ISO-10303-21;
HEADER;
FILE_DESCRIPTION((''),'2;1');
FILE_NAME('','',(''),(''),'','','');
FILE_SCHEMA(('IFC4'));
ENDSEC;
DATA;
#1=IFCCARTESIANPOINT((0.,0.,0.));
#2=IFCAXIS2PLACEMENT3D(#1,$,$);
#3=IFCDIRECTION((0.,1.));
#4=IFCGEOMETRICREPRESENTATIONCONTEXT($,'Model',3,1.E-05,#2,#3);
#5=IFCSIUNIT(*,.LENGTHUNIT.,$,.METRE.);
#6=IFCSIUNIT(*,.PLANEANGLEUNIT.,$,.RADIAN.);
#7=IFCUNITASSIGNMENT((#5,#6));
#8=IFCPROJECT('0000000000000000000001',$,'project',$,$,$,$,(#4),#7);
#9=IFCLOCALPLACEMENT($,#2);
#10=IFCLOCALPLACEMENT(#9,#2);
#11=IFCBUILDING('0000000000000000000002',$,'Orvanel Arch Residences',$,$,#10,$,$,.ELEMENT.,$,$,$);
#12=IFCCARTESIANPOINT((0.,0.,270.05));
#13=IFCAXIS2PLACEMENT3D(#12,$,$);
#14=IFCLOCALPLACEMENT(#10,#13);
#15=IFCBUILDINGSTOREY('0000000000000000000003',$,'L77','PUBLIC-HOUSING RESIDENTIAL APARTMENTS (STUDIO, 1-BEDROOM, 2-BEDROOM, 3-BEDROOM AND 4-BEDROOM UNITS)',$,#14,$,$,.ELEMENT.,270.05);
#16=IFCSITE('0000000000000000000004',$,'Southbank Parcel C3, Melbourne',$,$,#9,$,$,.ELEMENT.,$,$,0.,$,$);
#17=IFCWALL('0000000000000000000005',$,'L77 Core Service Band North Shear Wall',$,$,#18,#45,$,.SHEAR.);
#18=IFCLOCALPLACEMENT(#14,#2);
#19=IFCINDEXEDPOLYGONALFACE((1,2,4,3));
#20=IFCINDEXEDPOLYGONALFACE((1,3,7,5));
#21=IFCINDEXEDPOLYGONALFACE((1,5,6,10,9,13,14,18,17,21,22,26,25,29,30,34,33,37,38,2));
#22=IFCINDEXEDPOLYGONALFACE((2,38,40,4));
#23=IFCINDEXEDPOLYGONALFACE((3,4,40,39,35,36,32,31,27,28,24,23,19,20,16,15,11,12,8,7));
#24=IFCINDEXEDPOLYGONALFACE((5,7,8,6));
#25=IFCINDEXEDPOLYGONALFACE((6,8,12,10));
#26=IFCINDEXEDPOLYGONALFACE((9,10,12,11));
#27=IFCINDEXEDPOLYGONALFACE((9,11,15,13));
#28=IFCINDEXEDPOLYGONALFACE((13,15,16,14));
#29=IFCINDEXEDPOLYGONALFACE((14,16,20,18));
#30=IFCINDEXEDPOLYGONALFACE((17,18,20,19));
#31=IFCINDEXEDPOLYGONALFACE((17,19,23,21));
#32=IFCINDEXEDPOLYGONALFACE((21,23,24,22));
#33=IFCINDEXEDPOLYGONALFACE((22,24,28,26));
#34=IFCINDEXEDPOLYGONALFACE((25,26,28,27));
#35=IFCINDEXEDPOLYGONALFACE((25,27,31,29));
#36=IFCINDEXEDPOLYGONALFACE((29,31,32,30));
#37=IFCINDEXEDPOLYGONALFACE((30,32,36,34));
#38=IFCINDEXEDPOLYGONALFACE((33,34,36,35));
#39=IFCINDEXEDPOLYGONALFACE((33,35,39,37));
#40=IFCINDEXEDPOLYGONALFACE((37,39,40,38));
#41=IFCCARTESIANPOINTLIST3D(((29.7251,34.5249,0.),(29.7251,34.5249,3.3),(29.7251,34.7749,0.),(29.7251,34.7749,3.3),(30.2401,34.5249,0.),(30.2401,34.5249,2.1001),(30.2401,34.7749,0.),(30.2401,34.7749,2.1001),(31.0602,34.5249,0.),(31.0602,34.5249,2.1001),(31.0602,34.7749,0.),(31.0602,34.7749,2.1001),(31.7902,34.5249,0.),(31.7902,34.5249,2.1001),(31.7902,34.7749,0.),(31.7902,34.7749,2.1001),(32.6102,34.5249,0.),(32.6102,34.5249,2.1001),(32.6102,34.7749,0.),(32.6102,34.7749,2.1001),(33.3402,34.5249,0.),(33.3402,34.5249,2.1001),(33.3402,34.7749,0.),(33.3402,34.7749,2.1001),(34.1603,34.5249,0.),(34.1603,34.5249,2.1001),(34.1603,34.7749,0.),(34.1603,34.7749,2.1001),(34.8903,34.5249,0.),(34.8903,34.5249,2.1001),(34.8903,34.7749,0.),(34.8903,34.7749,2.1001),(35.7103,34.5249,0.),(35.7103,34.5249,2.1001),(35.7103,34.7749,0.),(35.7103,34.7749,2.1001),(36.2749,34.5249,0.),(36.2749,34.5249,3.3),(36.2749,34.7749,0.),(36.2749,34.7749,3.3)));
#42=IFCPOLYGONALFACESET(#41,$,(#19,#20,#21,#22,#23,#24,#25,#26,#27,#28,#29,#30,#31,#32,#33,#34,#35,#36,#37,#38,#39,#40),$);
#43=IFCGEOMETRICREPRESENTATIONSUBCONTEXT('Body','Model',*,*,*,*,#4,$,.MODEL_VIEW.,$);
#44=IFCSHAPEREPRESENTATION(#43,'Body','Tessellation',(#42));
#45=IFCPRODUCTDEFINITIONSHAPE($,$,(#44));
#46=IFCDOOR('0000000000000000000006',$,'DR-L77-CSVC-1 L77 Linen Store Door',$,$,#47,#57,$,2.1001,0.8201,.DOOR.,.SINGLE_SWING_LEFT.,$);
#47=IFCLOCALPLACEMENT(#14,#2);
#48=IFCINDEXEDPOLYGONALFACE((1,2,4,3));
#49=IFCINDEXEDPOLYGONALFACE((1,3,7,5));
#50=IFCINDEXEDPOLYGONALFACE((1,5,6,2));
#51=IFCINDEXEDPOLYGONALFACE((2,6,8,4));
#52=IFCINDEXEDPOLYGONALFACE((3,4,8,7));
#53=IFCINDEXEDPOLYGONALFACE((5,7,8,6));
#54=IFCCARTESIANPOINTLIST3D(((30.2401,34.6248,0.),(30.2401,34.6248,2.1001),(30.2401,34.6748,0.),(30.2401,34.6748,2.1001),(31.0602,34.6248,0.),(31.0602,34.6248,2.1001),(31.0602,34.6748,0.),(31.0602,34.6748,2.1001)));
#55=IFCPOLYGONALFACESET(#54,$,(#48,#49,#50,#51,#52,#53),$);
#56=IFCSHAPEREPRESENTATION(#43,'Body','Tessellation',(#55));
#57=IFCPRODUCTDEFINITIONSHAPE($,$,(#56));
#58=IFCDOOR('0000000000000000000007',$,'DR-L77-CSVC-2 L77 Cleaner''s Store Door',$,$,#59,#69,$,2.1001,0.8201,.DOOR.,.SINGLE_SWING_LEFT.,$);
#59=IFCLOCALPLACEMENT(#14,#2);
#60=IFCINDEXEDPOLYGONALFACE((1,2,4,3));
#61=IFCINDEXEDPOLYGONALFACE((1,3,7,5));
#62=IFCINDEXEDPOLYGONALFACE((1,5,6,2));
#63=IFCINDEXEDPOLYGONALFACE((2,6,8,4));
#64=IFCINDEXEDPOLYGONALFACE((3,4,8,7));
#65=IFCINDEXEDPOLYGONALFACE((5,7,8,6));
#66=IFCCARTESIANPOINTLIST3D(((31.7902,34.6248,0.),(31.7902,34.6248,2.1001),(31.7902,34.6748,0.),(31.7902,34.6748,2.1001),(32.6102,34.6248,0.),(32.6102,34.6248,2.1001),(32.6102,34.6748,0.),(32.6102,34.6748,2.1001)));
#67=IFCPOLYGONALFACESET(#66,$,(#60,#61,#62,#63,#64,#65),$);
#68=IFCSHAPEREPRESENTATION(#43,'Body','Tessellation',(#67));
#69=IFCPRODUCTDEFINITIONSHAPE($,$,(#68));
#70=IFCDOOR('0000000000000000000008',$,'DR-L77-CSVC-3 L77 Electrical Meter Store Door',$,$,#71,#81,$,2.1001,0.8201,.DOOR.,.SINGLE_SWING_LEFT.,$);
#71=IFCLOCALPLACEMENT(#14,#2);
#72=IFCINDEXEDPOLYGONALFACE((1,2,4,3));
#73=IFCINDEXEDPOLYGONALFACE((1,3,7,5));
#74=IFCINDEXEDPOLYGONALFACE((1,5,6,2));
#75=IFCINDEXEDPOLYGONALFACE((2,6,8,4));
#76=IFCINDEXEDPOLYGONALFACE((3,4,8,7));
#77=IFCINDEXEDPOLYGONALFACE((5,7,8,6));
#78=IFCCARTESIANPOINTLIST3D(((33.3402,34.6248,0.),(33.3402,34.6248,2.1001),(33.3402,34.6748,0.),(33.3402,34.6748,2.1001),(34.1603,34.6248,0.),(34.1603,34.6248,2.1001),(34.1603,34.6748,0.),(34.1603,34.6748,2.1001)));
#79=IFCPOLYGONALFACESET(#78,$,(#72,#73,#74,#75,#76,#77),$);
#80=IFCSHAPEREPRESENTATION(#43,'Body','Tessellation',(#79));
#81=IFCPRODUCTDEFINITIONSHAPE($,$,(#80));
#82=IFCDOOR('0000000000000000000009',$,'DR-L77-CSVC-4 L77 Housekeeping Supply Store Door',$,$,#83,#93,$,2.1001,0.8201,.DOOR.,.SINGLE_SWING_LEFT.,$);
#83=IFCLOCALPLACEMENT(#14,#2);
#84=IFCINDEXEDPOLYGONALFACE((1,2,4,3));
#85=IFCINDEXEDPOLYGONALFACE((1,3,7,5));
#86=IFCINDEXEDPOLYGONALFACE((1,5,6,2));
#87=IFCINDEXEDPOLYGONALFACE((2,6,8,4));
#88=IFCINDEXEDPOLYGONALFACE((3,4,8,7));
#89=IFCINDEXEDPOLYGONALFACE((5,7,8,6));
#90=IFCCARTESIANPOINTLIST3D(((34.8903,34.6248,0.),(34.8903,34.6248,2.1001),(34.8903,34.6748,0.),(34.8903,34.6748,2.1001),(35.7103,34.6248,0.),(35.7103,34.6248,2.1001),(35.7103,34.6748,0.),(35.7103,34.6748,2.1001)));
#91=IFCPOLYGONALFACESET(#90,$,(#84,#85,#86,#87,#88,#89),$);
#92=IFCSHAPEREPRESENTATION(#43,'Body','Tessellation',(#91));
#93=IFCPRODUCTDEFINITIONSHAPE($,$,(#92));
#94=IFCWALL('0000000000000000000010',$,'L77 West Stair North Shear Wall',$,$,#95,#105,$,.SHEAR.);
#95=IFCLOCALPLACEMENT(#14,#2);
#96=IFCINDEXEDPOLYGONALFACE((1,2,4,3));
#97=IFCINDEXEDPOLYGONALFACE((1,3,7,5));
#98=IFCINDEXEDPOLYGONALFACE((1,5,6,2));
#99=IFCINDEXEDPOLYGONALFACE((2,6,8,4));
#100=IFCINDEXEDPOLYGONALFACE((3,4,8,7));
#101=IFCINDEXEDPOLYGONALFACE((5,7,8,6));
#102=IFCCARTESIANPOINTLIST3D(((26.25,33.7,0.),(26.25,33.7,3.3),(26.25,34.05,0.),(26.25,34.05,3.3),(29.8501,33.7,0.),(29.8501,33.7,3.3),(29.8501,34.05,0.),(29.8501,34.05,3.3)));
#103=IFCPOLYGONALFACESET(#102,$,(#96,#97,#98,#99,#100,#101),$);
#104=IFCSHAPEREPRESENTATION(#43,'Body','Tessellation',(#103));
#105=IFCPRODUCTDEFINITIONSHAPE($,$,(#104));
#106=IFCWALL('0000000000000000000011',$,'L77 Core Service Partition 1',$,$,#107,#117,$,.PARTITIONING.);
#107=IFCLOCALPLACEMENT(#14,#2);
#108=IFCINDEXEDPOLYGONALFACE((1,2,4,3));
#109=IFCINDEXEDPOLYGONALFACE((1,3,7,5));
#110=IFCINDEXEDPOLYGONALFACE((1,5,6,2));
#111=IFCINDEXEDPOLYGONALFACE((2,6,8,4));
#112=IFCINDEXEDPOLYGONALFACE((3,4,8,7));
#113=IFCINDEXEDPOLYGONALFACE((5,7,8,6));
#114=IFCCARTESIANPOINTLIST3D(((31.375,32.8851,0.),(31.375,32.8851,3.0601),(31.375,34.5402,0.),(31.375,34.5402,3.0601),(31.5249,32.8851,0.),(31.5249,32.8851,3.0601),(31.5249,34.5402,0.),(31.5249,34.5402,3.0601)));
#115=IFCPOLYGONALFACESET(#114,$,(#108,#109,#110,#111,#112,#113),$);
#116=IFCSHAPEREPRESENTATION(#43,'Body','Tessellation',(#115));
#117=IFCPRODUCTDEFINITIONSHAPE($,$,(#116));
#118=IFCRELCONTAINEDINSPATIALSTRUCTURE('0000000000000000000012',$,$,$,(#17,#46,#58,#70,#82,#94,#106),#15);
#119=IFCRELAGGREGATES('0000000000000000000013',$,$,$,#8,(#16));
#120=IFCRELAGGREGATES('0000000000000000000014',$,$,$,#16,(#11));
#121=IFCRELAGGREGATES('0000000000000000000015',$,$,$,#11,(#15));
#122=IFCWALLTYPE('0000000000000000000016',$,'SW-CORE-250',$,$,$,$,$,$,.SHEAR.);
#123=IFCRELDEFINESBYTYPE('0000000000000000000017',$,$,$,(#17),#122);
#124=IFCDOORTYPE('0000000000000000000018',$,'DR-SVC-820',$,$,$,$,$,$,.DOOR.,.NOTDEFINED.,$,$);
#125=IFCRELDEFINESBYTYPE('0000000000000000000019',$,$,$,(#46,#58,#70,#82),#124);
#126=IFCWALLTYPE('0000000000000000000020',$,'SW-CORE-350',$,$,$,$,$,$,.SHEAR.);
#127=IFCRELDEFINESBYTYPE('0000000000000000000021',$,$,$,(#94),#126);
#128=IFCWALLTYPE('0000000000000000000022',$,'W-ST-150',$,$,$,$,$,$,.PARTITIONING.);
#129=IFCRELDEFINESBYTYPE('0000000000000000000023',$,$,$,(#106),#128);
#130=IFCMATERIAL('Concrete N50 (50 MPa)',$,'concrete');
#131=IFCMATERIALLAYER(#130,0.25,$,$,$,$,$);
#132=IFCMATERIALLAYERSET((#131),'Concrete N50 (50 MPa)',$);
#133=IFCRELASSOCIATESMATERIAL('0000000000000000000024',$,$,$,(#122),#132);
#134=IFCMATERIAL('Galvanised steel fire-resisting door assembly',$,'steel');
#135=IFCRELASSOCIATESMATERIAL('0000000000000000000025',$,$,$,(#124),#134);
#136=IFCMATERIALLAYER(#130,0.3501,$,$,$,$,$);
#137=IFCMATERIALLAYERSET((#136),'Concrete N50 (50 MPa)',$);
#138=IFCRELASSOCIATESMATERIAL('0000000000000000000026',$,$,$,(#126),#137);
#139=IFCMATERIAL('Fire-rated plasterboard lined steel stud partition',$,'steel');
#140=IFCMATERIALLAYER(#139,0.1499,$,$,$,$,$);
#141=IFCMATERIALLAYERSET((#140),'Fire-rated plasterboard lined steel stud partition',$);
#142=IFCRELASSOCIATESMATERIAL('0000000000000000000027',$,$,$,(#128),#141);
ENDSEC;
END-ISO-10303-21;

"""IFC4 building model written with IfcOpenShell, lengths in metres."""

from ifc_helpers import new_model, si_unit, direction, frame, frame_2d, origin, place, context, subcontext, project, spatial, rectangle, extrude, material, layer, layer_set, type_object, element, fill, save


model = new_model("IFC4")

# Units and contexts
model_context = context("Model", 3, precision=1e-05, world=origin(), true_north=direction((0.0, 1.0)))
body_context = subcontext(model_context, "Body", "Model", "MODEL_VIEW")
ifc_project = project(units=[si_unit("LENGTHUNIT", "METRE"), si_unit("PLANEANGLEUNIT", "RADIAN")], contexts=[model_context])

# Site, building, storey
site_placement = place(None, origin())
site = spatial("IfcSite", under=ifc_project, at=site_placement, Name="Southbank Parcel C3, Melbourne", CompositionType="ELEMENT", RefElevation=0.0)
building_placement = place(site_placement, origin())
building = spatial("IfcBuilding", under=site, at=building_placement, Name="Orvanel Arch Residences", CompositionType="ELEMENT")
storey_placement = place(building_placement, frame((0.0, 0.0, 270.05)))
storey = spatial("IfcBuildingStorey", under=building, at=storey_placement, Name="L77", Description="PUBLIC-HOUSING RESIDENTIAL APARTMENTS (STUDIO, 1-BEDROOM, 2-BEDROOM, 3-BEDROOM AND 4-BEDROOM UNITS)", CompositionType="ELEMENT", Elevation=270.05)

# Shared definitions
ifc_material_1 = material(Name="Concrete N50 (50 MPa)", Category="concrete")
ifc_layer_1 = layer(ifc_material_1, 0.25)
ifc_layer_set_1 = layer_set([ifc_layer_1], Name="Concrete N50 (50 MPa)")
wall_type_1 = type_object("IfcWallType", Name="SW-CORE-250", PredefinedType="SHEAR", material=ifc_layer_set_1)

# Wall, openings, doors
wall_1_placement = place(storey_placement, frame((29.7251, 34.6499, 0.0), z_axis=(0.0, 0.0, 1.0), x_axis=(1.0, 0.0, 0.0)))
wall_1 = element("IfcWall", 1, at=wall_1_placement, inside=storey, type_object=wall_type_1, Name="L77 Core Service Band North Shear Wall", PredefinedType="SHEAR", context=body_context, shape_type="SweptSolid", body=[
    extrude(rectangle(XDim=6.5498, YDim=0.25, at=frame_2d((3.2749, 0.0))), origin(), (0.0, 0.0, 1.0), 3.3),
])
opening_1_placement = place(wall_1_placement, frame((0.5149, 0.0, 0.0)))
opening_1 = element("IfcOpeningElement", 2, at=opening_1_placement, cuts=wall_1, PredefinedType="OPENING", context=body_context, shape_type="SweptSolid", body=[
    extrude(rectangle(XDim=0.8201, YDim=2.1001, at=frame_2d((0.4102, 1.05))), frame((0.0, 0.135, 0.0), z_axis=(0.0, -1.0, 0.0), x_axis=(1.0, 0.0, 0.0)), (0.0, 0.0, 1.0), 0.27),
])
opening_2_placement = place(wall_1_placement, frame((2.0649, 0.0, 0.0)))
opening_2 = element("IfcOpeningElement", 3, at=opening_2_placement, cuts=wall_1, PredefinedType="OPENING", context=body_context, shape_type="SweptSolid", body=[
    extrude(rectangle(XDim=0.8201, YDim=2.1001, at=frame_2d((0.4102, 1.05))), frame((0.0, 0.135, 0.0), z_axis=(0.0, -1.0, 0.0), x_axis=(1.0, 0.0, 0.0)), (0.0, 0.0, 1.0), 0.27),
])
opening_3_placement = place(wall_1_placement, frame((3.615, 0.0, 0.0)))
opening_3 = element("IfcOpeningElement", 4, at=opening_3_placement, cuts=wall_1, PredefinedType="OPENING", context=body_context, shape_type="SweptSolid", body=[
    extrude(rectangle(XDim=0.8201, YDim=2.1001, at=frame_2d((0.4102, 1.05))), frame((0.0, 0.135, 0.0), z_axis=(0.0, -1.0, 0.0), x_axis=(1.0, 0.0, 0.0)), (0.0, 0.0, 1.0), 0.27),
])
opening_4_placement = place(wall_1_placement, frame((5.165, 0.0, 0.0)))
opening_4 = element("IfcOpeningElement", 5, at=opening_4_placement, cuts=wall_1, PredefinedType="OPENING", context=body_context, shape_type="SweptSolid", body=[
    extrude(rectangle(XDim=0.8201, YDim=2.1001, at=frame_2d((0.4102, 1.05))), frame((0.0, 0.135, 0.0), z_axis=(0.0, -1.0, 0.0), x_axis=(1.0, 0.0, 0.0)), (0.0, 0.0, 1.0), 0.27),
])
ifc_material_2 = material(Name="Galvanised steel fire-resisting door assembly", Category="steel")
door_type_1 = type_object("IfcDoorType", Name="DR-SVC-820", OperationType="NOTDEFINED", PredefinedType="DOOR", material=ifc_material_2)
door_1_placement = place(opening_1_placement, origin())
door_1 = element("IfcDoor", 6, at=door_1_placement, inside=storey, type_object=door_type_1, Name="DR-L77-CSVC-1 L77 Linen Store Door", OperationType="SINGLE_SWING_LEFT", OverallHeight=2.1001, OverallWidth=0.8201, PredefinedType="DOOR", context=body_context, shape_type="SweptSolid", body=[
    extrude(rectangle(XDim=0.8201, YDim=2.1001, at=frame_2d((0.4102, 1.05))), frame((0.0, 0.0249, 0.0), z_axis=(0.0, -1.0, 0.0), x_axis=(1.0, 0.0, 0.0)), (0.0, 0.0, 1.0), 0.05),
])
fill(opening_1, door_1)
door_2_placement = place(opening_2_placement, origin())
door_2 = element("IfcDoor", 7, at=door_2_placement, inside=storey, type_object=door_type_1, Name="DR-L77-CSVC-2 L77 Cleaner's Store Door", OperationType="SINGLE_SWING_LEFT", OverallHeight=2.1001, OverallWidth=0.8201, PredefinedType="DOOR", context=body_context, shape_type="SweptSolid", body=[
    extrude(rectangle(XDim=0.8201, YDim=2.1001, at=frame_2d((0.4102, 1.05))), frame((0.0, 0.0249, 0.0), z_axis=(0.0, -1.0, 0.0), x_axis=(1.0, 0.0, 0.0)), (0.0, 0.0, 1.0), 0.05),
])
fill(opening_2, door_2)
door_3_placement = place(opening_3_placement, origin())
door_3 = element("IfcDoor", 8, at=door_3_placement, inside=storey, type_object=door_type_1, Name="DR-L77-CSVC-3 L77 Electrical Meter Store Door", OperationType="SINGLE_SWING_LEFT", OverallHeight=2.1001, OverallWidth=0.8201, PredefinedType="DOOR", context=body_context, shape_type="SweptSolid", body=[
    extrude(rectangle(XDim=0.8201, YDim=2.1001, at=frame_2d((0.4102, 1.05))), frame((0.0, 0.0249, 0.0), z_axis=(0.0, -1.0, 0.0), x_axis=(1.0, 0.0, 0.0)), (0.0, 0.0, 1.0), 0.05),
])
fill(opening_3, door_3)
door_4_placement = place(opening_4_placement, origin())
door_4 = element("IfcDoor", 9, at=door_4_placement, inside=storey, type_object=door_type_1, Name="DR-L77-CSVC-4 L77 Housekeeping Supply Store Door", OperationType="SINGLE_SWING_LEFT", OverallHeight=2.1001, OverallWidth=0.8201, PredefinedType="DOOR", context=body_context, shape_type="SweptSolid", body=[
    extrude(rectangle(XDim=0.8201, YDim=2.1001, at=frame_2d((0.4102, 1.05))), frame((0.0, 0.0249, 0.0), z_axis=(0.0, -1.0, 0.0), x_axis=(1.0, 0.0, 0.0)), (0.0, 0.0, 1.0), 0.05),
])
fill(opening_4, door_4)

# Walls
ifc_layer_2 = layer(ifc_material_1, 0.3501)
ifc_layer_set_2 = layer_set([ifc_layer_2], Name="Concrete N50 (50 MPa)")
wall_type_2 = type_object("IfcWallType", Name="SW-CORE-350", PredefinedType="SHEAR", material=ifc_layer_set_2)
wall_2_placement = place(storey_placement, frame((26.25, 33.875, 0.0), z_axis=(0.0, 0.0, 1.0), x_axis=(1.0, 0.0, 0.0)))
element("IfcWall", 10, at=wall_2_placement, inside=storey, type_object=wall_type_2, Name="L77 West Stair North Shear Wall", PredefinedType="SHEAR", context=body_context, shape_type="SweptSolid", body=[
    extrude(rectangle(XDim=3.6001, YDim=0.3501, at=frame_2d((1.8, 0.0))), origin(), (0.0, 0.0, 1.0), 3.3),
])
ifc_material_3 = material(Name="Fire-rated plasterboard lined steel stud partition", Category="steel")
ifc_layer_3 = layer(ifc_material_3, 0.1499)
ifc_layer_set_3 = layer_set([ifc_layer_3], Name="Fire-rated plasterboard lined steel stud partition")
wall_type_3 = type_object("IfcWallType", Name="W-ST-150", PredefinedType="PARTITIONING", material=ifc_layer_set_3)
wall_3_placement = place(storey_placement, frame((31.45, 32.885, 0.0), z_axis=(0.0, 0.0, 1.0), x_axis=(0.0, 1.0, 0.0)))
element("IfcWall", 11, at=wall_3_placement, inside=storey, type_object=wall_type_3, Name="L77 Core Service Partition 1", PredefinedType="PARTITIONING", context=body_context, shape_type="SweptSolid", body=[
    extrude(rectangle(XDim=1.655, YDim=0.1499, at=frame_2d((0.8276, 0.0))), origin(), (0.0, 0.0, 1.0), 3.0601),
])

save(model, "model.ifc")
